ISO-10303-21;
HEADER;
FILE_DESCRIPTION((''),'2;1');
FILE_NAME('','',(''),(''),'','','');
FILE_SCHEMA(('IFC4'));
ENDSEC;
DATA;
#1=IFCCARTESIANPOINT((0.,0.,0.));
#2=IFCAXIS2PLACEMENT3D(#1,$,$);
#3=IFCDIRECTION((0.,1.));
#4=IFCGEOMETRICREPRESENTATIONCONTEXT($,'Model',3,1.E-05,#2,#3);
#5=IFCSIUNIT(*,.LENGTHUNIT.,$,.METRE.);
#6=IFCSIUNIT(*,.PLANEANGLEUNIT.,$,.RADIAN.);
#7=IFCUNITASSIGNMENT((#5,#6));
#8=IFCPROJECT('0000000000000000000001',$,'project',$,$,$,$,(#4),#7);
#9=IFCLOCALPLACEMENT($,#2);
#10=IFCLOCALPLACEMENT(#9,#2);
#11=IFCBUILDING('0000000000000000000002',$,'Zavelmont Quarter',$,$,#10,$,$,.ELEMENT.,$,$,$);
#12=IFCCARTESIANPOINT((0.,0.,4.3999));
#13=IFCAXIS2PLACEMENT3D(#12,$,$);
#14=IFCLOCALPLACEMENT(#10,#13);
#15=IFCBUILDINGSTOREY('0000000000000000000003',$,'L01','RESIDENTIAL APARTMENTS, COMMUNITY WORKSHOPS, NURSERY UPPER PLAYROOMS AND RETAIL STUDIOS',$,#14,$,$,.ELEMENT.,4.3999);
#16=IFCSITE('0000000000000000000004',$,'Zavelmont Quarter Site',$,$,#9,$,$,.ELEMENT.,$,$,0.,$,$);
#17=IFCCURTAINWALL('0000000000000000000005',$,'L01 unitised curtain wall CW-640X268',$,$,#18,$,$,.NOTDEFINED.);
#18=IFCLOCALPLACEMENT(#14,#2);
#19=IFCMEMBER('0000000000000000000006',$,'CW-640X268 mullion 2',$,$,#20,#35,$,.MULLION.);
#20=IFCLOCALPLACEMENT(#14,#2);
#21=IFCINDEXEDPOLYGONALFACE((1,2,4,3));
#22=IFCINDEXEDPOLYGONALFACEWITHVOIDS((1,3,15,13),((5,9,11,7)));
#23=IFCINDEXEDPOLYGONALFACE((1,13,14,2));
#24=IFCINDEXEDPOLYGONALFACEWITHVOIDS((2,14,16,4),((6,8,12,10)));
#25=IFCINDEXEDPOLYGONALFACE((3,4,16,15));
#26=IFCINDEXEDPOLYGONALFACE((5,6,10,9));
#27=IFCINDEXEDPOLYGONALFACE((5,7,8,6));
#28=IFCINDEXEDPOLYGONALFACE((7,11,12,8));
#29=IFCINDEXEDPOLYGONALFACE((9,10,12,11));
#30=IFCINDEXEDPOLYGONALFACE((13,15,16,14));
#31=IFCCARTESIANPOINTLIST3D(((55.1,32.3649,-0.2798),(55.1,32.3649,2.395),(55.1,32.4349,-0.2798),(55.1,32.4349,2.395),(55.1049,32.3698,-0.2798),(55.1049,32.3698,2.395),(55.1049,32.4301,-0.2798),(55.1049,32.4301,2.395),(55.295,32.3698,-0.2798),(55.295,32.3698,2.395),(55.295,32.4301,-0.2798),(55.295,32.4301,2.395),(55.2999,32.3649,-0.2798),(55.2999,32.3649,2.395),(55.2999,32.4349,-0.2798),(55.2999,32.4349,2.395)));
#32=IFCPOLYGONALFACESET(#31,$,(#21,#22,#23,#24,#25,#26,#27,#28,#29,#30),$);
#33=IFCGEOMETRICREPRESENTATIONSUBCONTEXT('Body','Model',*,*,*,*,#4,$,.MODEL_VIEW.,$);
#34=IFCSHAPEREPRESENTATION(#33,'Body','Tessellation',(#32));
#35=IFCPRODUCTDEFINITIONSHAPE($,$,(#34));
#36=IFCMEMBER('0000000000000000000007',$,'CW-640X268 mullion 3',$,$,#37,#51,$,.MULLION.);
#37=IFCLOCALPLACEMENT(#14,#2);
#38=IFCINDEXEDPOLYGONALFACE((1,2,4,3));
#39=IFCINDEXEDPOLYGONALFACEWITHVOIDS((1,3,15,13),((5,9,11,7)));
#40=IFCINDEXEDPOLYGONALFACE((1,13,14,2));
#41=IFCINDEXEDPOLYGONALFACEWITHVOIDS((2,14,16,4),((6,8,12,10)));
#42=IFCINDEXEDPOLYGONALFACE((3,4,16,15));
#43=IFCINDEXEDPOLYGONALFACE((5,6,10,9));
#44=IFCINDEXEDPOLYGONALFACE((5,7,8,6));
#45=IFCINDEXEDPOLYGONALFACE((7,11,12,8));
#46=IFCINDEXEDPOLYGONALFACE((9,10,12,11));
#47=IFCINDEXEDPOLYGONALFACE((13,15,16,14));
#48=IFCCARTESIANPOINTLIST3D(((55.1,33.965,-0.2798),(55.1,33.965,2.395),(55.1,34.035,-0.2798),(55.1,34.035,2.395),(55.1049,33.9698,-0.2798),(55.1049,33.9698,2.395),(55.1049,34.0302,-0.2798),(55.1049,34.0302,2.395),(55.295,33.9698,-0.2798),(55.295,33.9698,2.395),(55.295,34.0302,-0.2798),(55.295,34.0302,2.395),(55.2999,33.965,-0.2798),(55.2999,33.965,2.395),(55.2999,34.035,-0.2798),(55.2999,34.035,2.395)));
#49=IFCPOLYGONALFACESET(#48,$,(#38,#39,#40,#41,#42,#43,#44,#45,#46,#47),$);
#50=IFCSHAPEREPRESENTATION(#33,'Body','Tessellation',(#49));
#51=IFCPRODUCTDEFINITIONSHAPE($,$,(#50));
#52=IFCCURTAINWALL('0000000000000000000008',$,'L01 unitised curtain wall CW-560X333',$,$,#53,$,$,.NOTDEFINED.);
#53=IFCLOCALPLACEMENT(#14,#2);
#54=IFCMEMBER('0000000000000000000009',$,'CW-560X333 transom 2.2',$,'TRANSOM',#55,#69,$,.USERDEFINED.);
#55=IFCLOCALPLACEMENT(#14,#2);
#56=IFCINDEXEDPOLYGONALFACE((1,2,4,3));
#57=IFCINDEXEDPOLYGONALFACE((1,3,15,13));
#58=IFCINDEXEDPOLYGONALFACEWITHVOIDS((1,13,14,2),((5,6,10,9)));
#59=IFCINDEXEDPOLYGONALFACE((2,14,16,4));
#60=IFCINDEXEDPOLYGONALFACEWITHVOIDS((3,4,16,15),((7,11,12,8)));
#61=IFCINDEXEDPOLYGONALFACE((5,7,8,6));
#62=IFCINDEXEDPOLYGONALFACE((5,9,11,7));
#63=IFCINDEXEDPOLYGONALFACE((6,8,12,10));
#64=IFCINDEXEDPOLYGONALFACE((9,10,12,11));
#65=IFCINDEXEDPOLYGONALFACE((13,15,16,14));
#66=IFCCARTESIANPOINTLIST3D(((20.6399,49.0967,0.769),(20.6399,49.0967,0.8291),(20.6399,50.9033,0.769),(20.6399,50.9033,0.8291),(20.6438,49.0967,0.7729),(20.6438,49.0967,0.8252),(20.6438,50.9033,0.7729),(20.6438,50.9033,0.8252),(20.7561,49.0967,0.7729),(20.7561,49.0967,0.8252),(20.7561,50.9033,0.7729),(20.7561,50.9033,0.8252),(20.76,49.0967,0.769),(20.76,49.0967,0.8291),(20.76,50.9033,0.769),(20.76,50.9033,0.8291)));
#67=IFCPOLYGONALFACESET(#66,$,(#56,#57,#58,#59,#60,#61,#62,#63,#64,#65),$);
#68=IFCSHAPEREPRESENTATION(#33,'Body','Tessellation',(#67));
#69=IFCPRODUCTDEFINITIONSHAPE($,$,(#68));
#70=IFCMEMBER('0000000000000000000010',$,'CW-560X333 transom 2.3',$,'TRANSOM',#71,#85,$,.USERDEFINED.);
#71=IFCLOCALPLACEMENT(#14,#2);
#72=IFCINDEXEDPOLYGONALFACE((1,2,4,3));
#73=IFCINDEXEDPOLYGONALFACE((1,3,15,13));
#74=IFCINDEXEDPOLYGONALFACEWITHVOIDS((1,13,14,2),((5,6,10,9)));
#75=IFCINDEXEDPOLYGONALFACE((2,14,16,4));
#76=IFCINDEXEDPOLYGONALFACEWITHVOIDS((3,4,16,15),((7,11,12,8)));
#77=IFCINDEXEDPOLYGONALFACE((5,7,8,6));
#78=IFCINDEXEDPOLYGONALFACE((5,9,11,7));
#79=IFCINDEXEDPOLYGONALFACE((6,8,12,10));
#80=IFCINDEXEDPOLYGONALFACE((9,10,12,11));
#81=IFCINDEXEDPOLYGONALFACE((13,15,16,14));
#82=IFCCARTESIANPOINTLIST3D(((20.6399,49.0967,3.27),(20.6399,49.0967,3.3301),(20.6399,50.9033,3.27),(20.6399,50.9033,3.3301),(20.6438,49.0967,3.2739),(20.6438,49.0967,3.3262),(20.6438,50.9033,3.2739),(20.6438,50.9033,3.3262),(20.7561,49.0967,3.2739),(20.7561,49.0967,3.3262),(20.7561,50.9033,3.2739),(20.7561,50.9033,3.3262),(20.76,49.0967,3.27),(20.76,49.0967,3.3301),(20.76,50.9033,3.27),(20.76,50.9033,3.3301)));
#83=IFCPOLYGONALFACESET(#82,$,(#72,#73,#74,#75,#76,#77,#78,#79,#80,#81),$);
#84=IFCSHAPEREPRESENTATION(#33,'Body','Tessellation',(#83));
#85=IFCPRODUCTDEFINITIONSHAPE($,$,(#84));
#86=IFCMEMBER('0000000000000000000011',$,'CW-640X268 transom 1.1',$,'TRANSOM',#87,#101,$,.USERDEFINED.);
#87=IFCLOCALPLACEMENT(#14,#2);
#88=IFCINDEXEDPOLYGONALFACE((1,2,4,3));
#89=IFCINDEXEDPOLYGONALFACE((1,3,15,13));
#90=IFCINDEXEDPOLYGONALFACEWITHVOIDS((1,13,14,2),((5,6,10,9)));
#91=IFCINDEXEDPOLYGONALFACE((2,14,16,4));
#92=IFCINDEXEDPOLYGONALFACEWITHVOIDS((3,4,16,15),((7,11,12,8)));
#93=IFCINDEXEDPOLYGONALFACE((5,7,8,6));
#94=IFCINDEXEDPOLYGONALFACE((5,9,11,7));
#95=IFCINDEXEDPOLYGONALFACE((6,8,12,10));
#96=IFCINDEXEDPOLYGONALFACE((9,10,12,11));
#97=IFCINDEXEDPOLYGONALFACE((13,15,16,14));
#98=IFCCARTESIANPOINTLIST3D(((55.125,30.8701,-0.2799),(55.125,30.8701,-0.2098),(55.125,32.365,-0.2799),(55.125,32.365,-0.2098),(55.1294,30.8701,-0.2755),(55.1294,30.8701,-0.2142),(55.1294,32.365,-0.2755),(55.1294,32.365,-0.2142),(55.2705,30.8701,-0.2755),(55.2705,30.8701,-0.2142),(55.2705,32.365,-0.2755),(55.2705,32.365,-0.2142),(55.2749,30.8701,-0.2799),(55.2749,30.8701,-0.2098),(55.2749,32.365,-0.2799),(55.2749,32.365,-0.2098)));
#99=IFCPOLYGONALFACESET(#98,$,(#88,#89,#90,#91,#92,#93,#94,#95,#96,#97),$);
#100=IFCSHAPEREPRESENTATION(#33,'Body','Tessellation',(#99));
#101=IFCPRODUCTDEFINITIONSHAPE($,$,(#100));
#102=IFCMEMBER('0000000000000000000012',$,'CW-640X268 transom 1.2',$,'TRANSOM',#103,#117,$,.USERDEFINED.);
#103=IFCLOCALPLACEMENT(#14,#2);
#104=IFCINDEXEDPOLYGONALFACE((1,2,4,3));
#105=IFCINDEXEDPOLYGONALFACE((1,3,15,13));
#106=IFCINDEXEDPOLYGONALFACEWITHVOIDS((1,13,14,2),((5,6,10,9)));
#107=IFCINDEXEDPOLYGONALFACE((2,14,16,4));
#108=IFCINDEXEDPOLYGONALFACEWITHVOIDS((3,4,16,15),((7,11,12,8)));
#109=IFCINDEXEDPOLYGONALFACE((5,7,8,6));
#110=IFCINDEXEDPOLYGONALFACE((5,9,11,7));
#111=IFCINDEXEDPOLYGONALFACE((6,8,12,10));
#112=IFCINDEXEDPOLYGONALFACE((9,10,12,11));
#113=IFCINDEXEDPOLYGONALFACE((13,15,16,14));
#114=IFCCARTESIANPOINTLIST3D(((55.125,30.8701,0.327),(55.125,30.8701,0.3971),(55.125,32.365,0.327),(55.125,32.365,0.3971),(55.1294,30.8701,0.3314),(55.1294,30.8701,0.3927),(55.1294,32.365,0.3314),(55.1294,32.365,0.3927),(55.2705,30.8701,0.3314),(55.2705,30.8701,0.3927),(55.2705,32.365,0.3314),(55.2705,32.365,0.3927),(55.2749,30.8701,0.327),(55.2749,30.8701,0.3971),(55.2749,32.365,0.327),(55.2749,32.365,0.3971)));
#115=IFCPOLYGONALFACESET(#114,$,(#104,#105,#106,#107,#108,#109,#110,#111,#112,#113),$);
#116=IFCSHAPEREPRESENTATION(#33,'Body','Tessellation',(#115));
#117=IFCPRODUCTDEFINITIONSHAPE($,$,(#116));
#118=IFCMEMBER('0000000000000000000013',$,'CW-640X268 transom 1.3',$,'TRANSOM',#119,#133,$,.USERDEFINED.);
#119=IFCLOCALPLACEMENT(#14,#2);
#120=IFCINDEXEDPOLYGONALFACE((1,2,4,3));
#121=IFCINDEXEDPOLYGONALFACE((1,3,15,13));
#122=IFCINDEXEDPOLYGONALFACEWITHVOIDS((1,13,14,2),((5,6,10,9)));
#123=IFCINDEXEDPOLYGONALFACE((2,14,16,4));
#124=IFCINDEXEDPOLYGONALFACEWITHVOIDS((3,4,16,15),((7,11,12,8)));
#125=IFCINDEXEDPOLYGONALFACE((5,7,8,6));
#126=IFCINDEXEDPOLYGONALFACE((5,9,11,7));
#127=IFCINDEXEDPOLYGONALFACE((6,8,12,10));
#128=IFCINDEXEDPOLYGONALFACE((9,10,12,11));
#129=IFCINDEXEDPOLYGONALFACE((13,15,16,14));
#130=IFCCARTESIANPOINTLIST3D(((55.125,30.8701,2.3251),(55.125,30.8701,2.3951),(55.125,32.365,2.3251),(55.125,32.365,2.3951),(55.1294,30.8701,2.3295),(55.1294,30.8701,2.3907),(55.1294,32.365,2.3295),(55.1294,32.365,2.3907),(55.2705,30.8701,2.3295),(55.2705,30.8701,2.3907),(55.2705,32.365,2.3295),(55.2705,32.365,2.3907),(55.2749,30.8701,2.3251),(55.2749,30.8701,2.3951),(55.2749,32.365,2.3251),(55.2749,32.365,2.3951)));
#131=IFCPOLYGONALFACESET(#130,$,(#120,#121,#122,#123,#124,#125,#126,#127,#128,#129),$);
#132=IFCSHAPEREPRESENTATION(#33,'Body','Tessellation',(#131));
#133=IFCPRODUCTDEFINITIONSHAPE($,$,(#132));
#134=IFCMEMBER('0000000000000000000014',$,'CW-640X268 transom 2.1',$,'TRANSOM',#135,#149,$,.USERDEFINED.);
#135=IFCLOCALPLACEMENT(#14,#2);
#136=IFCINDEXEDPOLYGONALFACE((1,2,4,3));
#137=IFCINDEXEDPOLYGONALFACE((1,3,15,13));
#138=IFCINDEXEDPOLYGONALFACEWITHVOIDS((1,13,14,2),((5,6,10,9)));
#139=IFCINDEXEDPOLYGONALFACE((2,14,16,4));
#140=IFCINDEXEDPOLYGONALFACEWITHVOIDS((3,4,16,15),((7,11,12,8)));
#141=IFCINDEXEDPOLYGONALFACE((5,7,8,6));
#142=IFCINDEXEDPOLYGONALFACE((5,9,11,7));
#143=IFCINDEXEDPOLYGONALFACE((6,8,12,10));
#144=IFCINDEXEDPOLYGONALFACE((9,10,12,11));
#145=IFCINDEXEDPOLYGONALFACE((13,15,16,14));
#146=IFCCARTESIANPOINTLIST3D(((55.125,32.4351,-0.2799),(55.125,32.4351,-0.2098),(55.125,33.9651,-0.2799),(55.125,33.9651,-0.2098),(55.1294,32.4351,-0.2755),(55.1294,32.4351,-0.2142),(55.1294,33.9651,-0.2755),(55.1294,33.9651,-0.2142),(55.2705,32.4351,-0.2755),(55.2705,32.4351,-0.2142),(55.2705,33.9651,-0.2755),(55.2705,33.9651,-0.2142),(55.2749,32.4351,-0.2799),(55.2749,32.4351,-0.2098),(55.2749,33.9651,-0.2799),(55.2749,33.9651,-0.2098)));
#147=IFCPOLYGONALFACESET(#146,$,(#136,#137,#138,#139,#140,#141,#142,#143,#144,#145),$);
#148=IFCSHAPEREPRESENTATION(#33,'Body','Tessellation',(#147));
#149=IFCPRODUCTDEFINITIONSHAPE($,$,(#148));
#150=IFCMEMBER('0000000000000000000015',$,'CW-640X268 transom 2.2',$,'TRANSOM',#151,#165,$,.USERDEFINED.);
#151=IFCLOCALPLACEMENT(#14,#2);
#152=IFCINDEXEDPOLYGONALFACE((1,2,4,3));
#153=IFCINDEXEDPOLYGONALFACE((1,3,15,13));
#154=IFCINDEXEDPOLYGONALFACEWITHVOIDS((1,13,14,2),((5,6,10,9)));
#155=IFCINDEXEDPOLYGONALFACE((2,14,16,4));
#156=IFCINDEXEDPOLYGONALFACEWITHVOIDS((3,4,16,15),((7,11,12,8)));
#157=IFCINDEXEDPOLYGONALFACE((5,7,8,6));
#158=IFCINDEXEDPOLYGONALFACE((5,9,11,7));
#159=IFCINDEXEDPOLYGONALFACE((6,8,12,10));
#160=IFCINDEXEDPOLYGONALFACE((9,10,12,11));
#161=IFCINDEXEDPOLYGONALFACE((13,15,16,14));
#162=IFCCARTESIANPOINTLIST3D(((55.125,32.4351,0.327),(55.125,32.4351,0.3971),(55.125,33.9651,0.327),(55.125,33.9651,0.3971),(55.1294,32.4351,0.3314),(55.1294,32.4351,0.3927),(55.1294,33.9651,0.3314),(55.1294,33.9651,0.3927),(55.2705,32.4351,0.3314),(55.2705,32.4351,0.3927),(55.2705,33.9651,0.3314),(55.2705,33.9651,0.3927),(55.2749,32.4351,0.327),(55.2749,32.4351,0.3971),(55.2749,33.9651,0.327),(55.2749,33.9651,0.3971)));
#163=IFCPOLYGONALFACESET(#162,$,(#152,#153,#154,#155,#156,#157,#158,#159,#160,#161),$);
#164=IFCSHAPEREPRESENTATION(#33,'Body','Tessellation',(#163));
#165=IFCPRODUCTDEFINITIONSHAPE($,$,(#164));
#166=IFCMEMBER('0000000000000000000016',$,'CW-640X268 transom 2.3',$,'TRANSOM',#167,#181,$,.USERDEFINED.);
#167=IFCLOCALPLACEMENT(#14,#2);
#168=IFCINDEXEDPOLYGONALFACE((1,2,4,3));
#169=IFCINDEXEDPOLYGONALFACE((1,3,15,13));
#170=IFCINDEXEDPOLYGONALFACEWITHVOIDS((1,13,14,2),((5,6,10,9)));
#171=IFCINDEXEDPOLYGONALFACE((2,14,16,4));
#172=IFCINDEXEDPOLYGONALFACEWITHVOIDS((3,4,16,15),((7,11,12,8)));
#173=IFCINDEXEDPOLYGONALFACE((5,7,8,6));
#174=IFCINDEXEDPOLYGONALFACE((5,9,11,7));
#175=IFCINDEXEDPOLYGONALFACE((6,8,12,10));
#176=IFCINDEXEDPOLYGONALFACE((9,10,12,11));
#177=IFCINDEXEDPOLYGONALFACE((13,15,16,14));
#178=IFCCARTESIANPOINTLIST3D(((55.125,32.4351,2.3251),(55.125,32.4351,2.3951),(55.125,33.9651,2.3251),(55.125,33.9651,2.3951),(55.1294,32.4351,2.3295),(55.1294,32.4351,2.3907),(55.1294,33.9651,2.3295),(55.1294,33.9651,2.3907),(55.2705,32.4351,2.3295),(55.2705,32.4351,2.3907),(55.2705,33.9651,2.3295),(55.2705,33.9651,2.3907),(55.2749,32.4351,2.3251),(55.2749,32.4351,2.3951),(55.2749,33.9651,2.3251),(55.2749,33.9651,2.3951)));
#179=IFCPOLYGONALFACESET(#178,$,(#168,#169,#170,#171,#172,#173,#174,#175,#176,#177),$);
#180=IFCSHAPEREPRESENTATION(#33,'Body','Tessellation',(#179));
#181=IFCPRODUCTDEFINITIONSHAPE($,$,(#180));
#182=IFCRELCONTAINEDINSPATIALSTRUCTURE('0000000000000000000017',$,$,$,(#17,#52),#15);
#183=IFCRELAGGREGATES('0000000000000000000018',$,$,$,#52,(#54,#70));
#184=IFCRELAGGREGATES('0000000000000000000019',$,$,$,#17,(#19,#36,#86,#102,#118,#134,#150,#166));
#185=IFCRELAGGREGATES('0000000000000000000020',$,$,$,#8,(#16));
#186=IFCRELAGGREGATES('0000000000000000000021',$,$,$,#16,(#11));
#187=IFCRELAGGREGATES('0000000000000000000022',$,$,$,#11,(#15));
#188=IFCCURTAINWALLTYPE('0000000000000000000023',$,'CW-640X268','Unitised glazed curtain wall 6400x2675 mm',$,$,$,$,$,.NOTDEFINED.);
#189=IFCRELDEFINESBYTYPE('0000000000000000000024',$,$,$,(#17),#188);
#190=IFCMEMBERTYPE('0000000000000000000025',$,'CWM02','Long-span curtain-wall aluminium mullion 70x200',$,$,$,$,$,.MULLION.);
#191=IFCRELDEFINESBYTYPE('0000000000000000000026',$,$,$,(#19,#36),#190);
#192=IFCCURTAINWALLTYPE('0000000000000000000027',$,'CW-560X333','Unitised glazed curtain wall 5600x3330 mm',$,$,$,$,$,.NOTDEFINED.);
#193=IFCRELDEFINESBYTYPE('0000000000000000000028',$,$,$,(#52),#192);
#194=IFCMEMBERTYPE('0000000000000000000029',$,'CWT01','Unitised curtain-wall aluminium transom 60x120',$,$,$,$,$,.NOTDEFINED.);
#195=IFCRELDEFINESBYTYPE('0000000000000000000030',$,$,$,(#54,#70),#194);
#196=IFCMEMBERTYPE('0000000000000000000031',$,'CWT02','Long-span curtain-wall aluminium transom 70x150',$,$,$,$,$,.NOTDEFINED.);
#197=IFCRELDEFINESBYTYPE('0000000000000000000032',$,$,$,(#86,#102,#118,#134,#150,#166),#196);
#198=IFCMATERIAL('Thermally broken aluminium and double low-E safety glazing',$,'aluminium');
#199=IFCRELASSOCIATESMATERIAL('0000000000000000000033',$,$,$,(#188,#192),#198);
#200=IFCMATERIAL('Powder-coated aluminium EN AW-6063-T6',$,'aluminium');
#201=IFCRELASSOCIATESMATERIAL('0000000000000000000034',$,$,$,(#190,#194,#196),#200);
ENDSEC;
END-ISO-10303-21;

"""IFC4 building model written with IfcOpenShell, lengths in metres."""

from ifc_helpers import new_model, si_unit, direction, frame, origin, origin_2d, place, context, subcontext, project, spatial, hollow_rectangle, extrude, material, material_profile, profile_set, type_object, element, aggregate, save


model = new_model("IFC4")

# Units and contexts
model_context = context("Model", 3, precision=1e-05, world=origin(), true_north=direction((0.0, 1.0)))
body_context = subcontext(model_context, "Body", "Model", "MODEL_VIEW")
ifc_project = project(units=[si_unit("LENGTHUNIT", "METRE"), si_unit("PLANEANGLEUNIT", "RADIAN")], contexts=[model_context])

# Site, building, storey
site_placement = place(None, origin())
site = spatial("IfcSite", under=ifc_project, at=site_placement, Name="Zavelmont Quarter Site", CompositionType="ELEMENT", RefElevation=0.0)
building_placement = place(site_placement, origin())
building = spatial("IfcBuilding", under=site, at=building_placement, Name="Zavelmont Quarter", CompositionType="ELEMENT")
storey_placement = place(building_placement, frame((0.0, 0.0, 4.3999)))
storey = spatial("IfcBuildingStorey", under=building, at=storey_placement, Name="L01", Description="RESIDENTIAL APARTMENTS, COMMUNITY WORKSHOPS, NURSERY UPPER PLAYROOMS AND RETAIL STUDIOS", CompositionType="ELEMENT", Elevation=4.3999)

# Curtain walls, members
ifc_material_1 = material(Name="Thermally broken aluminium and double low-E safety glazing", Category="aluminium")
curtain_wall_type_1 = type_object("IfcCurtainWallType", Name="CW-640X268", Description="Unitised glazed curtain wall 6400x2675 mm", PredefinedType="NOTDEFINED", material=ifc_material_1)
curtain_wall_1_placement = place(storey_placement, origin())
curtain_wall_1 = element("IfcCurtainWall", 1, at=curtain_wall_1_placement, inside=storey, type_object=curtain_wall_type_1, Name="L01 unitised curtain wall CW-640X268", PredefinedType="NOTDEFINED")
ifc_material_2 = material(Name="Powder-coated aluminium EN AW-6063-T6", Category="aluminium")
ifc_material_profile_1 = material_profile(ifc_material_2, hollow_rectangle(XDim=0.0701, YDim=0.2, WallThickness=0.0049, at=origin_2d()), Name="CWM70X200")
ifc_profile_set_1 = profile_set([ifc_material_profile_1], Name="Powder-coated aluminium EN AW-6063-T6")
member_type_1 = type_object("IfcMemberType", Name="CWM02", Description="Long-span curtain-wall aluminium mullion 70x200", PredefinedType="MULLION", material=ifc_profile_set_1)
member_1_placement = place(storey_placement, frame((55.2, 32.3999, -0.2798), z_axis=(0.0, 0.0, 1.0), x_axis=(0.0, 1.0, 0.0)))
member_1 = element("IfcMember", 2, at=member_1_placement, type_object=member_type_1, Name="CW-640X268 mullion 2", PredefinedType="MULLION", context=body_context, shape_type="SweptSolid", body=[
    extrude(hollow_rectangle(XDim=0.0701, YDim=0.2, WallThickness=0.0049, at=origin_2d()), origin(), (0.0, 0.0, 1.0), 2.6748),
])
member_2_placement = place(storey_placement, frame((55.2, 34.0, -0.2798), z_axis=(0.0, 0.0, 1.0), x_axis=(0.0, 1.0, 0.0)))
member_2 = element("IfcMember", 3, at=member_2_placement, type_object=member_type_1, Name="CW-640X268 mullion 3", PredefinedType="MULLION", context=body_context, shape_type="SweptSolid", body=[
    extrude(hollow_rectangle(XDim=0.0701, YDim=0.2, WallThickness=0.0049, at=origin_2d()), origin(), (0.0, 0.0, 1.0), 2.6748),
])
curtain_wall_type_2 = type_object("IfcCurtainWallType", Name="CW-560X333", Description="Unitised glazed curtain wall 5600x3330 mm", PredefinedType="NOTDEFINED", material=ifc_material_1)
curtain_wall_2_placement = place(storey_placement, origin())
curtain_wall_2 = element("IfcCurtainWall", 4, at=curtain_wall_2_placement, inside=storey, type_object=curtain_wall_type_2, Name="L01 unitised curtain wall CW-560X333", PredefinedType="NOTDEFINED")
ifc_material_profile_2 = material_profile(ifc_material_2, hollow_rectangle(XDim=0.1201, YDim=0.0601, WallThickness=0.0039, at=origin_2d()), Name="CWT60X120")
ifc_profile_set_2 = profile_set([ifc_material_profile_2], Name="Powder-coated aluminium EN AW-6063-T6")
member_type_2 = type_object("IfcMemberType", Name="CWT01", Description="Unitised curtain-wall aluminium transom 60x120", PredefinedType="NOTDEFINED", material=ifc_profile_set_2)
member_3_placement = place(storey_placement, frame((20.7, 49.0967, 0.7991), z_axis=(0.0, 1.0, 0.0), x_axis=(-1.0, 0.0, 0.0)))
member_3 = element("IfcMember", 5, at=member_3_placement, type_object=member_type_2, Name="CW-560X333 transom 2.2", ObjectType="TRANSOM", PredefinedType="USERDEFINED", context=body_context, shape_type="SweptSolid", body=[
    extrude(hollow_rectangle(XDim=0.1201, YDim=0.0601, WallThickness=0.0039, at=origin_2d()), origin(), (0.0, 0.0, 1.0), 1.8066),
])
member_4_placement = place(storey_placement, frame((20.7, 49.0967, 3.3), z_axis=(0.0, 1.0, 0.0), x_axis=(-1.0, 0.0, 0.0)))
member_4 = element("IfcMember", 6, at=member_4_placement, type_object=member_type_2, Name="CW-560X333 transom 2.3", ObjectType="TRANSOM", PredefinedType="USERDEFINED", context=body_context, shape_type="SweptSolid", body=[
    extrude(hollow_rectangle(XDim=0.1201, YDim=0.0601, WallThickness=0.0039, at=origin_2d()), origin(), (0.0, 0.0, 1.0), 1.8066),
])
aggregate(curtain_wall_2, [member_3, member_4])

# Members
ifc_material_profile_3 = material_profile(ifc_material_2, hollow_rectangle(XDim=0.1499, YDim=0.0701, WallThickness=0.0044, at=origin_2d()), Name="CWT70X150")
ifc_profile_set_3 = profile_set([ifc_material_profile_3], Name="Powder-coated aluminium EN AW-6063-T6")
member_type_3 = type_object("IfcMemberType", Name="CWT02", Description="Long-span curtain-wall aluminium transom 70x150", PredefinedType="NOTDEFINED", material=ifc_profile_set_3)
member_5_placement = place(storey_placement, frame((55.2, 30.8701, -0.2449), z_axis=(0.0, 1.0, 0.0), x_axis=(-1.0, 0.0, 0.0)))
member_5 = element("IfcMember", 7, at=member_5_placement, type_object=member_type_3, Name="CW-640X268 transom 1.1", ObjectType="TRANSOM", PredefinedType="USERDEFINED", context=body_context, shape_type="SweptSolid", body=[
    extrude(hollow_rectangle(XDim=0.1499, YDim=0.0701, WallThickness=0.0044, at=origin_2d()), origin(), (0.0, 0.0, 1.0), 1.4949),
])
member_6_placement = place(storey_placement, frame((55.2, 30.8701, 0.3621), z_axis=(0.0, 1.0, 0.0), x_axis=(-1.0, 0.0, 0.0)))
member_6 = element("IfcMember", 8, at=member_6_placement, type_object=member_type_3, Name="CW-640X268 transom 1.2", ObjectType="TRANSOM", PredefinedType="USERDEFINED", context=body_context, shape_type="SweptSolid", body=[
    extrude(hollow_rectangle(XDim=0.1499, YDim=0.0701, WallThickness=0.0044, at=origin_2d()), origin(), (0.0, 0.0, 1.0), 1.4949),
])
member_7_placement = place(storey_placement, frame((55.2, 30.8701, 2.3601), z_axis=(0.0, 1.0, 0.0), x_axis=(-1.0, 0.0, 0.0)))
member_7 = element("IfcMember", 9, at=member_7_placement, type_object=member_type_3, Name="CW-640X268 transom 1.3", ObjectType="TRANSOM", PredefinedType="USERDEFINED", context=body_context, shape_type="SweptSolid", body=[
    extrude(hollow_rectangle(XDim=0.1499, YDim=0.0701, WallThickness=0.0044, at=origin_2d()), origin(), (0.0, 0.0, 1.0), 1.4949),
])
member_8_placement = place(storey_placement, frame((55.2, 32.4351, -0.2449), z_axis=(0.0, 1.0, 0.0), x_axis=(-1.0, 0.0, 0.0)))
member_8 = element("IfcMember", 10, at=member_8_placement, type_object=member_type_3, Name="CW-640X268 transom 2.1", ObjectType="TRANSOM", PredefinedType="USERDEFINED", context=body_context, shape_type="SweptSolid", body=[
    extrude(hollow_rectangle(XDim=0.1499, YDim=0.0701, WallThickness=0.0044, at=origin_2d()), origin(), (0.0, 0.0, 1.0), 1.53),
])
member_9_placement = place(storey_placement, frame((55.2, 32.4351, 0.3621), z_axis=(0.0, 1.0, 0.0), x_axis=(-1.0, 0.0, 0.0)))
member_9 = element("IfcMember", 11, at=member_9_placement, type_object=member_type_3, Name="CW-640X268 transom 2.2", ObjectType="TRANSOM", PredefinedType="USERDEFINED", context=body_context, shape_type="SweptSolid", body=[
    extrude(hollow_rectangle(XDim=0.1499, YDim=0.0701, WallThickness=0.0044, at=origin_2d()), origin(), (0.0, 0.0, 1.0), 1.53),
])
member_10_placement = place(storey_placement, frame((55.2, 32.4351, 2.3601), z_axis=(0.0, 1.0, 0.0), x_axis=(-1.0, 0.0, 0.0)))
member_10 = element("IfcMember", 12, at=member_10_placement, type_object=member_type_3, Name="CW-640X268 transom 2.3", ObjectType="TRANSOM", PredefinedType="USERDEFINED", context=body_context, shape_type="SweptSolid", body=[
    extrude(hollow_rectangle(XDim=0.1499, YDim=0.0701, WallThickness=0.0044, at=origin_2d()), origin(), (0.0, 0.0, 1.0), 1.53),
])

aggregate(curtain_wall_1, [member_1, member_2, member_5, member_6, member_7, member_8, member_9, member_10])

save(model, "model.ifc")
